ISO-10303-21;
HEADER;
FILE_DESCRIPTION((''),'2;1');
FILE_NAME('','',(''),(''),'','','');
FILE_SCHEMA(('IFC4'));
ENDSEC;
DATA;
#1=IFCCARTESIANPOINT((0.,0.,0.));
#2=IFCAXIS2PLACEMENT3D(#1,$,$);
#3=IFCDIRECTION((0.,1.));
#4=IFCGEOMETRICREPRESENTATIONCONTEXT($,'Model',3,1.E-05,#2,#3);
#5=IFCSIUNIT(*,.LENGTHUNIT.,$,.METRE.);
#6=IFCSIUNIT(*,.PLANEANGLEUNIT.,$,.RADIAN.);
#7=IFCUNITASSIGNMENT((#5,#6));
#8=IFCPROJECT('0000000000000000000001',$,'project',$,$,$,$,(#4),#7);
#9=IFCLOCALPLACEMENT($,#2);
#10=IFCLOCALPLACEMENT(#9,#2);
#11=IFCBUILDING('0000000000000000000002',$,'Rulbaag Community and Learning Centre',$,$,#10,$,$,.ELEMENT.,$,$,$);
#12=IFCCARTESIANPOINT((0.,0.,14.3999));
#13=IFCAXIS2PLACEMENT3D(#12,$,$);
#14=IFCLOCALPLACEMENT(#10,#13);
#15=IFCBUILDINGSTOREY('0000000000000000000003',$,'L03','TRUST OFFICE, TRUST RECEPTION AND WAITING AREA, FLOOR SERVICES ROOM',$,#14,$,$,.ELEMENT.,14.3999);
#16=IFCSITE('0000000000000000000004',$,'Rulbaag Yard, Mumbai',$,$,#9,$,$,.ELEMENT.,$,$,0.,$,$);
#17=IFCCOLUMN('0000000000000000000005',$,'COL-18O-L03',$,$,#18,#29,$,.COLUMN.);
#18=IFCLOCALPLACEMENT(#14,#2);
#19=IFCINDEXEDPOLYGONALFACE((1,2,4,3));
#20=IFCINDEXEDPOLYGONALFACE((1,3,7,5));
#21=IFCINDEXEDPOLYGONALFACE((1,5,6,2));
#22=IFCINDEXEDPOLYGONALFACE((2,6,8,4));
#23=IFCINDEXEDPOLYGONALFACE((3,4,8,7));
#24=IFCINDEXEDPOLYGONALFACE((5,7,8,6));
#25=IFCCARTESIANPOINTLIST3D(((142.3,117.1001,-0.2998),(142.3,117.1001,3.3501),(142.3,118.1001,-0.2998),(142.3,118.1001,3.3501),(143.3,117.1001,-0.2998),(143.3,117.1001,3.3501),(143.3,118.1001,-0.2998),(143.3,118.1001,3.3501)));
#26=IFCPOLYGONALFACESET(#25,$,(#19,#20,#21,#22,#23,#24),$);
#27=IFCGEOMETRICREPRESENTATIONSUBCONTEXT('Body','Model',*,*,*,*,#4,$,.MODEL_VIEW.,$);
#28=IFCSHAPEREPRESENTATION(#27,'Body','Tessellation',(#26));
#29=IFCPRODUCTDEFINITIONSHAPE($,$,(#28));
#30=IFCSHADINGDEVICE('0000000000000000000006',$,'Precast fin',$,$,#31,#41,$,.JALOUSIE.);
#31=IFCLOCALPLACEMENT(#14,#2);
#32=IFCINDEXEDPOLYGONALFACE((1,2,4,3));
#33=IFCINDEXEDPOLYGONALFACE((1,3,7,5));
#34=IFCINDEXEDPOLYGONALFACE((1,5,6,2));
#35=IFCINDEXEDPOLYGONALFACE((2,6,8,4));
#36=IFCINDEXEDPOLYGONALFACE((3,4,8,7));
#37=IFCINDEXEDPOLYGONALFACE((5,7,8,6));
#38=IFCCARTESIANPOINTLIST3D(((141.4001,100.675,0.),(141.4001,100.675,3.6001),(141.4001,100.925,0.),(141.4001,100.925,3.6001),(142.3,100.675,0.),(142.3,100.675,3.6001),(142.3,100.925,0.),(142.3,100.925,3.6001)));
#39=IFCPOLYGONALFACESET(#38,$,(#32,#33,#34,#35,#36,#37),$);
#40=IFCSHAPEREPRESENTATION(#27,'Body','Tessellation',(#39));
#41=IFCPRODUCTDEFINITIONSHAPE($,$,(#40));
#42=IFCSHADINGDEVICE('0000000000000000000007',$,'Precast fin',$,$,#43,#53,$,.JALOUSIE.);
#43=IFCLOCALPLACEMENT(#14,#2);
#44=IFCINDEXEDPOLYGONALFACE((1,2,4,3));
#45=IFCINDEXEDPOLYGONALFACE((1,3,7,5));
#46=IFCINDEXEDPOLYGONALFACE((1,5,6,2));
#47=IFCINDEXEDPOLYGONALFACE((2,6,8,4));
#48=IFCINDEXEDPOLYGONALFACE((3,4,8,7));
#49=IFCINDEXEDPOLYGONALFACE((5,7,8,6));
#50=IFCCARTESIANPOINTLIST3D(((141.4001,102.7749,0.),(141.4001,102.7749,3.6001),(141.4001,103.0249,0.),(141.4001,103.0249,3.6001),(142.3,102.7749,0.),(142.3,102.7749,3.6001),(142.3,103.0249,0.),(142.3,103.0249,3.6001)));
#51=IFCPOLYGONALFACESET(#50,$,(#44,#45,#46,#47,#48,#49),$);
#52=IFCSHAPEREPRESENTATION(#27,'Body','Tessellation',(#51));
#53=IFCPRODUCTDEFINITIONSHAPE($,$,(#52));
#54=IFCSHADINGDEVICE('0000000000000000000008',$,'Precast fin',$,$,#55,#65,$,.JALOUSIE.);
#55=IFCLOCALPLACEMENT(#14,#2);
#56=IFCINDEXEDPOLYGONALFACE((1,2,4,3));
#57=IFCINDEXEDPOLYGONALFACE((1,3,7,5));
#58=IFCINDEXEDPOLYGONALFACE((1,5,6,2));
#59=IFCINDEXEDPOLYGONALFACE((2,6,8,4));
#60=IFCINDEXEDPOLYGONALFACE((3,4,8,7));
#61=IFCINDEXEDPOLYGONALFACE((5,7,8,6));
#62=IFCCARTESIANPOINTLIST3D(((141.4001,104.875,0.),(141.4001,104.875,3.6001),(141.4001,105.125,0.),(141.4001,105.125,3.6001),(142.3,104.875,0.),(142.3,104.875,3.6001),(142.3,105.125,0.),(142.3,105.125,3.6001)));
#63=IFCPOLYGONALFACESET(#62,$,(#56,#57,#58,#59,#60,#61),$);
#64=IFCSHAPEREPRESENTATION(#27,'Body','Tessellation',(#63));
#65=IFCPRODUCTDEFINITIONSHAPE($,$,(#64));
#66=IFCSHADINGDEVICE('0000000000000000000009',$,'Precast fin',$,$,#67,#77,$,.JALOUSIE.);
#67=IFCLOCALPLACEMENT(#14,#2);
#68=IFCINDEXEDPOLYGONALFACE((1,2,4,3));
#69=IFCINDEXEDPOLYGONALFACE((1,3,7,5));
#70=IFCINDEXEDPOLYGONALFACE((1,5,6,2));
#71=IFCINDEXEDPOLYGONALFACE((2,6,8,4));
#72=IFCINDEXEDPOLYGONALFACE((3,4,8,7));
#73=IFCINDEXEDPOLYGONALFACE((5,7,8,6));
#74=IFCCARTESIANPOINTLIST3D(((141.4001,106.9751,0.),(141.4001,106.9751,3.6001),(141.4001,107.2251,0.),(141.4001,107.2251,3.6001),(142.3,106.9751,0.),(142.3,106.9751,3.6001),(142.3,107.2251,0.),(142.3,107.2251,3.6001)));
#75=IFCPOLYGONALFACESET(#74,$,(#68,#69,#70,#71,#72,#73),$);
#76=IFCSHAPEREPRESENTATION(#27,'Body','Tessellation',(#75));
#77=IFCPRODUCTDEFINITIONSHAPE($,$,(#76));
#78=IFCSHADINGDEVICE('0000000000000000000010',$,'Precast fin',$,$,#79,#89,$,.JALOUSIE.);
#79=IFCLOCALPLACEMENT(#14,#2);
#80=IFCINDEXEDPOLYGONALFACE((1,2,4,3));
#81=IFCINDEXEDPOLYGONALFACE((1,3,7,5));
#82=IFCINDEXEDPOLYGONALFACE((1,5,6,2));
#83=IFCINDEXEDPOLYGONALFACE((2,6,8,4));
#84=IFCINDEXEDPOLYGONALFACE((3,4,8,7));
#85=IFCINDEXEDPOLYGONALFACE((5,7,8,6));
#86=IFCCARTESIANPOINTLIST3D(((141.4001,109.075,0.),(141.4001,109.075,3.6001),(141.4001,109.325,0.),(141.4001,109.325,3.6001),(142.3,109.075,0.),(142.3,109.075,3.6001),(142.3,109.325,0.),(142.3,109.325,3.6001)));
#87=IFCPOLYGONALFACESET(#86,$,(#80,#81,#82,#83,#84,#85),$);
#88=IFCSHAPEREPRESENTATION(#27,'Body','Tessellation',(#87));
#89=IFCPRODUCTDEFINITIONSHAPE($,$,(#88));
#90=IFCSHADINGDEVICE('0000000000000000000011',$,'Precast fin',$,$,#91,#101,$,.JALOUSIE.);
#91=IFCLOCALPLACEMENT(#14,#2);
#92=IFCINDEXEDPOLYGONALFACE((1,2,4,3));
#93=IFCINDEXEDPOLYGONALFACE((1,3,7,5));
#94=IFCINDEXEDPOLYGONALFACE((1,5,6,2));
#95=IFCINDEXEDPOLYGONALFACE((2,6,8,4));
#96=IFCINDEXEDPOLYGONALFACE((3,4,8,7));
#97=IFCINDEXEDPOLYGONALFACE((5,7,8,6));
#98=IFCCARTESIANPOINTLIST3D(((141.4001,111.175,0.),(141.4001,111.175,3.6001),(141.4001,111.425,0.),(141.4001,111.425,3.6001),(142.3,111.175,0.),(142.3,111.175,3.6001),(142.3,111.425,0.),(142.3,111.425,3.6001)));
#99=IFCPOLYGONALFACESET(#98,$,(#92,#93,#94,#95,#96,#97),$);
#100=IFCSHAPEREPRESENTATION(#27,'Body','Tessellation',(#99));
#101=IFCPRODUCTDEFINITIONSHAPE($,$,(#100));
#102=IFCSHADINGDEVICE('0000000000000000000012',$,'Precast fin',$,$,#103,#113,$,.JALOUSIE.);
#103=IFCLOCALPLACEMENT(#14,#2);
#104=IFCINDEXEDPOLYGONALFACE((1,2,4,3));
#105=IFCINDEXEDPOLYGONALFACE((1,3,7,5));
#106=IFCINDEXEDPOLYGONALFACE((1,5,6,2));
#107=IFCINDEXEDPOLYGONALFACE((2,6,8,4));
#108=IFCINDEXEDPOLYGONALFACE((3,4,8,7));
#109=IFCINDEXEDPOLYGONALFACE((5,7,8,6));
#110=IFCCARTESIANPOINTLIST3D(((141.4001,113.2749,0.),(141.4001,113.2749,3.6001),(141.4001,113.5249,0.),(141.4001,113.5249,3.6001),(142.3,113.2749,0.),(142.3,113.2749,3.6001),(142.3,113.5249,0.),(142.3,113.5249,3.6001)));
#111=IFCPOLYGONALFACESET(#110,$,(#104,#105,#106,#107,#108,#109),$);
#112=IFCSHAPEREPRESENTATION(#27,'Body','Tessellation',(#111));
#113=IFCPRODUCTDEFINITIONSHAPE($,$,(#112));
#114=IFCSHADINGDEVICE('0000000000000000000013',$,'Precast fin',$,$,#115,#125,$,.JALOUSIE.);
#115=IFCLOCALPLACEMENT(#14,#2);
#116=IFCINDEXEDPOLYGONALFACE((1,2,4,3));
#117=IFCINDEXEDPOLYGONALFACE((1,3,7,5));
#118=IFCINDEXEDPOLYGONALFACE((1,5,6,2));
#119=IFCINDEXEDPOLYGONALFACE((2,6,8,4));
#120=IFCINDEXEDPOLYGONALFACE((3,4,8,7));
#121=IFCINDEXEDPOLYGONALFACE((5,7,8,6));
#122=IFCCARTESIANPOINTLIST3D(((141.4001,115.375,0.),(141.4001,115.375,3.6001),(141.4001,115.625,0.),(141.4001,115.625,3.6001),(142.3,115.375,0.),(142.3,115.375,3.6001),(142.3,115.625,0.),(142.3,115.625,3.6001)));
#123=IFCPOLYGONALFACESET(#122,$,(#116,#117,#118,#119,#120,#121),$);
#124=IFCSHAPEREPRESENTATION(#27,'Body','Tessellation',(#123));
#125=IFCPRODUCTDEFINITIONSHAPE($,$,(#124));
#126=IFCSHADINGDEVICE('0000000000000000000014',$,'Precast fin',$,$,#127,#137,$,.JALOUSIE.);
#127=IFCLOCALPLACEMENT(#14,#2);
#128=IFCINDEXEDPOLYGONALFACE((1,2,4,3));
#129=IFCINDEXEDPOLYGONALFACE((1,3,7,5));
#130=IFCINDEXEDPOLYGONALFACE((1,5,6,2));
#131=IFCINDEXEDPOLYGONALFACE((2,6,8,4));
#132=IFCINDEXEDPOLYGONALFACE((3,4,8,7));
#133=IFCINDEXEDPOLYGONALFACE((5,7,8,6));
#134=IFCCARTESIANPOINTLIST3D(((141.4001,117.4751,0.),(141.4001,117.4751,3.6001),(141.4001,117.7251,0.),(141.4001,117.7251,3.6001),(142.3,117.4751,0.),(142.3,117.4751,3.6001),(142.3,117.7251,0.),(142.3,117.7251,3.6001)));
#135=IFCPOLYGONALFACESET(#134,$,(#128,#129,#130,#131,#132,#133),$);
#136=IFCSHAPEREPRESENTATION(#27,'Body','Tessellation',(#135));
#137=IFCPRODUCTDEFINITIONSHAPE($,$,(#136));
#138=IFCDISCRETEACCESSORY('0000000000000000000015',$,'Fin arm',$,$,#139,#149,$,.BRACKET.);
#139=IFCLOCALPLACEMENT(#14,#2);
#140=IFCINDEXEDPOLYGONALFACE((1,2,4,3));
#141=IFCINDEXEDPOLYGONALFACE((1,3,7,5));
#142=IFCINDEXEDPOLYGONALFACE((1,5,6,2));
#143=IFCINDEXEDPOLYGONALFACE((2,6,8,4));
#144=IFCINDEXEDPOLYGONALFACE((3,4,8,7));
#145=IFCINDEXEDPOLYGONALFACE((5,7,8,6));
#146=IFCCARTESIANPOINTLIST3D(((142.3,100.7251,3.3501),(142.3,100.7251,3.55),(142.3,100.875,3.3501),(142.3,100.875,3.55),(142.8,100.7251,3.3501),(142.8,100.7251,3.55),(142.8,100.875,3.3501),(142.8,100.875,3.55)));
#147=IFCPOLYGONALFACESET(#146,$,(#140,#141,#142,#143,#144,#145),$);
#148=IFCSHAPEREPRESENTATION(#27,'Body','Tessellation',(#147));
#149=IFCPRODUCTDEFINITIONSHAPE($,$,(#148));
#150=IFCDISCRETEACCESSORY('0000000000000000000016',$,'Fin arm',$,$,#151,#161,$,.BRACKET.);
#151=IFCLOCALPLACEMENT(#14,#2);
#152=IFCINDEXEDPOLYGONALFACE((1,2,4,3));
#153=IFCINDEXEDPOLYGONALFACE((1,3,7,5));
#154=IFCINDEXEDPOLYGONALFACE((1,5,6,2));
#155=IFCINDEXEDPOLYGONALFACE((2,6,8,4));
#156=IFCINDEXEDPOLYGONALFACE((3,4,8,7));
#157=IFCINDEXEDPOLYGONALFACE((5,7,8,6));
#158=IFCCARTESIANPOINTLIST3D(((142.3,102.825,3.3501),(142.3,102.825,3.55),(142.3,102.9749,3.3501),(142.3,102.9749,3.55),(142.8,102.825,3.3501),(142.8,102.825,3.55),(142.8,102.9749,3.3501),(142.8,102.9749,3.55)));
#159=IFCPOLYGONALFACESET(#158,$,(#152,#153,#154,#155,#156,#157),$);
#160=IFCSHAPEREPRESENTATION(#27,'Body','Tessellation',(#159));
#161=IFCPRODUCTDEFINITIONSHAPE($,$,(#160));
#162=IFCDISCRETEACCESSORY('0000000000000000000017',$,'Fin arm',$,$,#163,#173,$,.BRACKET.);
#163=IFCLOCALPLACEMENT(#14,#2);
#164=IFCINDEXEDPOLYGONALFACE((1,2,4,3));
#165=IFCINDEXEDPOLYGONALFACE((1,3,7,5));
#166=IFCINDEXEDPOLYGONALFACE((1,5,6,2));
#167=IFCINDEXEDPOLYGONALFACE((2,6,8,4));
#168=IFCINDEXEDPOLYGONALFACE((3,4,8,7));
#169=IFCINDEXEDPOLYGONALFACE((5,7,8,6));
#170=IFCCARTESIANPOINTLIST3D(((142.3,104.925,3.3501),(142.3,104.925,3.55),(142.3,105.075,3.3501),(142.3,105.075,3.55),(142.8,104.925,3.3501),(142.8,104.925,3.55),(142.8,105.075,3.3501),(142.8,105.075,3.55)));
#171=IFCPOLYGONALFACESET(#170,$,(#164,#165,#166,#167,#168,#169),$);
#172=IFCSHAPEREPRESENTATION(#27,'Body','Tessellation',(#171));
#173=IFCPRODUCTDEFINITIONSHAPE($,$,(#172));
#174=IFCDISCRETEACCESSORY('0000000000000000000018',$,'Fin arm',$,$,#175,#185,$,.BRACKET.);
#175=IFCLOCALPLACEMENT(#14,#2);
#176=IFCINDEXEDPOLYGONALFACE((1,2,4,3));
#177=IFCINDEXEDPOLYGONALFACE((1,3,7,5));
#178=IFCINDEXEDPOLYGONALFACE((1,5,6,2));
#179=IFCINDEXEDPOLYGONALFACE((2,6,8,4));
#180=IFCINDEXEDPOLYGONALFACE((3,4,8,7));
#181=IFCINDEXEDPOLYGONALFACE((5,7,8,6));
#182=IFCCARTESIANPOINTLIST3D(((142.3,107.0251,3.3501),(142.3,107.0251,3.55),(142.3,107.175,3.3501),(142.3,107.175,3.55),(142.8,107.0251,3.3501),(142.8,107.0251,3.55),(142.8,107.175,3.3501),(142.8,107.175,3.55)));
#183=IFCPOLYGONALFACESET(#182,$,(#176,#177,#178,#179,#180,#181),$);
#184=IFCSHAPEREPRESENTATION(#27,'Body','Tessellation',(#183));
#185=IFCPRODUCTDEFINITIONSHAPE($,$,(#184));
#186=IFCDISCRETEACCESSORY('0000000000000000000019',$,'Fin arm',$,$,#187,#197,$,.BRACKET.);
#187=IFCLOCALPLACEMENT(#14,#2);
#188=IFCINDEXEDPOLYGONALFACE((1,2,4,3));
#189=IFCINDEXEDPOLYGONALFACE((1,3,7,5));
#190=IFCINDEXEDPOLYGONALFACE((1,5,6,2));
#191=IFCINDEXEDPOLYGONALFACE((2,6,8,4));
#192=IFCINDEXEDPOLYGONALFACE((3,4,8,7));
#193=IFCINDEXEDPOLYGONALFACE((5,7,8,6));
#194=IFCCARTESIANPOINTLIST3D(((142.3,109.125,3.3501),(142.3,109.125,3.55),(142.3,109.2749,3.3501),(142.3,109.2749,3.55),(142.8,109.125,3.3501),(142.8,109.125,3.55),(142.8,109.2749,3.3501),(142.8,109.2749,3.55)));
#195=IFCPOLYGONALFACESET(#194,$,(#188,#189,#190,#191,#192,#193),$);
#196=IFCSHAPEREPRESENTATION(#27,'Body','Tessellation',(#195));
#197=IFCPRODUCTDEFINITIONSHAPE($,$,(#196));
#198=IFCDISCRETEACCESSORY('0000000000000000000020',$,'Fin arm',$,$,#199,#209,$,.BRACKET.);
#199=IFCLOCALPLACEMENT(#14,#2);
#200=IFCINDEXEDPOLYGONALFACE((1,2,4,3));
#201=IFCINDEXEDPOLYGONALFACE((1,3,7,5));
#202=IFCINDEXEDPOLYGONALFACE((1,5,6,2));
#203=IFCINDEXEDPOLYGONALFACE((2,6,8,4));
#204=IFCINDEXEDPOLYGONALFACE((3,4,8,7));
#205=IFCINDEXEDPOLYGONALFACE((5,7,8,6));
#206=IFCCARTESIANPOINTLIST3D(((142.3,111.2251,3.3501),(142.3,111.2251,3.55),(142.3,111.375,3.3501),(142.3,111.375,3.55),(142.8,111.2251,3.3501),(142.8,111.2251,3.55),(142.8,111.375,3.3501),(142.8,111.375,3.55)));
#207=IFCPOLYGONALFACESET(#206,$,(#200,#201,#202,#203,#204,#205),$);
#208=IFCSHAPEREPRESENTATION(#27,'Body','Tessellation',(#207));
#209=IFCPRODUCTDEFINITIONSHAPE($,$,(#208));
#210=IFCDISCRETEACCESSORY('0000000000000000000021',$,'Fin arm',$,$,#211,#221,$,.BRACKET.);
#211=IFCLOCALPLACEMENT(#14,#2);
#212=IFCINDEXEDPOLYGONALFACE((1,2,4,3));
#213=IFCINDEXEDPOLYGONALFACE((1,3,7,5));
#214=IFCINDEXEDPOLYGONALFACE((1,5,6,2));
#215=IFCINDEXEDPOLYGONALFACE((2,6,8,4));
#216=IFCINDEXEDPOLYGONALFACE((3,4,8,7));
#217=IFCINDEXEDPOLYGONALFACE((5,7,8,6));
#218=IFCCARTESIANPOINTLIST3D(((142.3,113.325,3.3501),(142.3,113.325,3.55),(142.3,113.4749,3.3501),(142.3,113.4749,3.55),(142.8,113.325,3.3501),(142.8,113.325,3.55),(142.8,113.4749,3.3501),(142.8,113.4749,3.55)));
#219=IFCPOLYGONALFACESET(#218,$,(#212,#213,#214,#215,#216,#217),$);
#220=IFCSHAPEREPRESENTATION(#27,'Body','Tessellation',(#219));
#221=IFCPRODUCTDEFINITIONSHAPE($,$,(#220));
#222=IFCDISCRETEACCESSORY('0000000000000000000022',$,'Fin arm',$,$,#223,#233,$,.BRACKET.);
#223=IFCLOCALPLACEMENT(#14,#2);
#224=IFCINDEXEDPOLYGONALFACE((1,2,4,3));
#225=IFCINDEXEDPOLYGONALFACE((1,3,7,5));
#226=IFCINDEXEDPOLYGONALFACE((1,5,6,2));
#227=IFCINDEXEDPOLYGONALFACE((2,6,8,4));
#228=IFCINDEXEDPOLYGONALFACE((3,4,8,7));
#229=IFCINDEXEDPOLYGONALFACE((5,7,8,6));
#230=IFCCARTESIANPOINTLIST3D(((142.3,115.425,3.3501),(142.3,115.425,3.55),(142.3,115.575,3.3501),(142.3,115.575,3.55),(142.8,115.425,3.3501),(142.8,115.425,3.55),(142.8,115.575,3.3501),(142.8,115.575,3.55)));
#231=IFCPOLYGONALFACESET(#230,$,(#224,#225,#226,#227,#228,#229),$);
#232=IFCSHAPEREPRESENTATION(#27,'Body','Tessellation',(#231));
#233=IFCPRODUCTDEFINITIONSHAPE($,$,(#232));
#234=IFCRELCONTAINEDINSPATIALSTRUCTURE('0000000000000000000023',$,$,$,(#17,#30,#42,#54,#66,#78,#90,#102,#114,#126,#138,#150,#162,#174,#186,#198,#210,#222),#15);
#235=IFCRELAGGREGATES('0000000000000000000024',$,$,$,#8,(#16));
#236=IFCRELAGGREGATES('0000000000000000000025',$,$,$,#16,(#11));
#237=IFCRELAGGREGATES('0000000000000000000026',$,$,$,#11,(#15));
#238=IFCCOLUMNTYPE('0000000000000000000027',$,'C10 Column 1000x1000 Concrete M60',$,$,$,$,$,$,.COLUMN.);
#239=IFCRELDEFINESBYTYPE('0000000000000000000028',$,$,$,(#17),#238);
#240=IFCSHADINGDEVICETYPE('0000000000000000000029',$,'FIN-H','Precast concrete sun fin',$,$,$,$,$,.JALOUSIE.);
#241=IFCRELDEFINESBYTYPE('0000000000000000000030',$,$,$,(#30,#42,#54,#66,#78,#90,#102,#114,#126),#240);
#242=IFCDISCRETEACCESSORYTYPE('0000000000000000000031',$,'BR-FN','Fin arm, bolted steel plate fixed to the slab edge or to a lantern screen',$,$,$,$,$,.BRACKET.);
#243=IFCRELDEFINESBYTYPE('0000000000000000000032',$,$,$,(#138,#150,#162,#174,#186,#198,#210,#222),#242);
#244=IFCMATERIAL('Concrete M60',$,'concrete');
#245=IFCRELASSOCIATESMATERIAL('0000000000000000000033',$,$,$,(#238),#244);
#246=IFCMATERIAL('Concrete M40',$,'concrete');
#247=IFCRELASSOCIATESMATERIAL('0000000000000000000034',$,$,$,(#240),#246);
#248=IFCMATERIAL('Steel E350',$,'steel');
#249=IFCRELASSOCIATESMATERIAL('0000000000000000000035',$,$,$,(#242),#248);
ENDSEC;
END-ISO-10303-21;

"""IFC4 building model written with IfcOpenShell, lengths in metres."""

from ifc_helpers import new_model, si_unit, direction, frame, origin, origin_2d, place, context, subcontext, project, spatial, rectangle, extrude, material, material_profile, profile_set, type_object, element, save


model = new_model("IFC4")

# Units and contexts
model_context = context("Model", 3, precision=1e-05, world=origin(), true_north=direction((0.0, 1.0)))
body_context = subcontext(model_context, "Body", "Model", "MODEL_VIEW")
ifc_project = project(units=[si_unit("LENGTHUNIT", "METRE"), si_unit("PLANEANGLEUNIT", "RADIAN")], contexts=[model_context])

# Site, building, storey
site_placement = place(None, origin())
site = spatial("IfcSite", under=ifc_project, at=site_placement, Name="Rulbaag Yard, Mumbai", CompositionType="ELEMENT", RefElevation=0.0)
building_placement = place(site_placement, origin())
building = spatial("IfcBuilding", under=site, at=building_placement, Name="Rulbaag Community and Learning Centre", CompositionType="ELEMENT")
storey_placement = place(building_placement, frame((0.0, 0.0, 14.3999)))
storey = spatial("IfcBuildingStorey", under=building, at=storey_placement, Name="L03", Description="TRUST OFFICE, TRUST RECEPTION AND WAITING AREA, FLOOR SERVICES ROOM", CompositionType="ELEMENT", Elevation=14.3999)

# Column
ifc_material_1 = material(Name="Concrete M60", Category="concrete")
ifc_material_profile_1 = material_profile(ifc_material_1, rectangle(XDim=1.0, YDim=1.0, at=origin_2d()), Name="RC1000x1000")
ifc_profile_set_1 = profile_set([ifc_material_profile_1], Name="Concrete M60")
column_type = type_object("IfcColumnType", Name="C10 Column 1000x1000 Concrete M60", PredefinedType="COLUMN", material=ifc_profile_set_1)
column_placement = place(storey_placement, frame((142.8, 117.6001, -0.2998), z_axis=(0.0, 0.0, 1.0), x_axis=(1.0, 0.0, 0.0)))
element("IfcColumn", 1, at=column_placement, inside=storey, type_object=column_type, Name="COL-18O-L03", PredefinedType="COLUMN", context=body_context, shape_type="SweptSolid", body=[
    extrude(rectangle(XDim=1.0, YDim=1.0, at=origin_2d()), origin(), (0.0, 0.0, 1.0), 3.6499),
])

# Shading devices
ifc_material_2 = material(Name="Concrete M40", Category="concrete")
ifc_material_profile_2 = material_profile(ifc_material_2, rectangle(XDim=0.25, YDim=0.8999, at=origin_2d()), Name="PC 250x900")
ifc_profile_set_2 = profile_set([ifc_material_profile_2], Name="Concrete M40")
shading_device_type = type_object("IfcShadingDeviceType", Name="FIN-H", Description="Precast concrete sun fin", PredefinedType="JALOUSIE", material=ifc_profile_set_2)
for number, where, z_axis, x_axis, name in (
    (2, (141.8501, 100.8, 0.0), (0.0, 0.0, 1.0), (0.0, 1.0, 0.0), "Precast fin"),
    (3, (141.8501, 102.8999, 0.0), (0.0, 0.0, 1.0), (0.0, 1.0, 0.0), "Precast fin"),
    (4, (141.8501, 105.0, 0.0), (0.0, 0.0, 1.0), (0.0, 1.0, 0.0), "Precast fin"),
    (5, (141.8501, 107.1001, 0.0), (0.0, 0.0, 1.0), (0.0, 1.0, 0.0), "Precast fin"),
    (6, (141.8501, 109.2, 0.0), (0.0, 0.0, 1.0), (0.0, 1.0, 0.0), "Precast fin"),
    (7, (141.8501, 111.3, 0.0), (0.0, 0.0, 1.0), (0.0, 1.0, 0.0), "Precast fin"),
    (8, (141.8501, 113.3999, 0.0), (0.0, 0.0, 1.0), (0.0, 1.0, 0.0), "Precast fin"),
    (9, (141.8501, 115.5, 0.0), (0.0, 0.0, 1.0), (0.0, 1.0, 0.0), "Precast fin"),
    (10, (141.8501, 117.6001, 0.0), (0.0, 0.0, 1.0), (0.0, 1.0, 0.0), "Precast fin"),
):
    element("IfcShadingDevice", number, at=place(storey_placement, frame(where, z_axis=z_axis, x_axis=x_axis)), inside=storey, type_object=shading_device_type, Name=name, PredefinedType="JALOUSIE", context=body_context, shape_type="SweptSolid", body=[
        extrude(rectangle(XDim=0.25, YDim=0.8999, at=origin_2d()), origin(), (0.0, 0.0, 1.0), 3.6001),
    ])

# Discrete accessories
ifc_material_3 = material(Name="Steel E350", Category="steel")
discrete_accessory_type = type_object("IfcDiscreteAccessoryType", Name="BR-FN", Description="Fin arm, bolted steel plate fixed to the slab edge or to a lantern screen", PredefinedType="BRACKET", material=ifc_material_3)
for number, where, z_axis, x_axis, name in (
    (11, (142.55, 100.8, 3.3501), (0.0, 0.0, 1.0), (1.0, 0.0, 0.0), "Fin arm"),
    (12, (142.55, 102.8999, 3.3501), (0.0, 0.0, 1.0), (1.0, 0.0, 0.0), "Fin arm"),
    (13, (142.55, 105.0, 3.3501), (0.0, 0.0, 1.0), (1.0, 0.0, 0.0), "Fin arm"),
    (14, (142.55, 107.1001, 3.3501), (0.0, 0.0, 1.0), (1.0, 0.0, 0.0), "Fin arm"),
    (15, (142.55, 109.2, 3.3501), (0.0, 0.0, 1.0), (1.0, 0.0, 0.0), "Fin arm"),
    (16, (142.55, 111.3, 3.3501), (0.0, 0.0, 1.0), (1.0, 0.0, 0.0), "Fin arm"),
    (17, (142.55, 113.3999, 3.3501), (0.0, 0.0, 1.0), (1.0, 0.0, 0.0), "Fin arm"),
    (18, (142.55, 115.5, 3.3501), (0.0, 0.0, 1.0), (1.0, 0.0, 0.0), "Fin arm"),
):
    element("IfcDiscreteAccessory", number, at=place(storey_placement, frame(where, z_axis=z_axis, x_axis=x_axis)), inside=storey, type_object=discrete_accessory_type, Name=name, PredefinedType="BRACKET", context=body_context, shape_type="SweptSolid", body=[
        extrude(rectangle(XDim=0.5, YDim=0.1499, at=origin_2d()), origin(), (0.0, 0.0, 1.0), 0.2),
    ])

save(model, "model.ifc")
